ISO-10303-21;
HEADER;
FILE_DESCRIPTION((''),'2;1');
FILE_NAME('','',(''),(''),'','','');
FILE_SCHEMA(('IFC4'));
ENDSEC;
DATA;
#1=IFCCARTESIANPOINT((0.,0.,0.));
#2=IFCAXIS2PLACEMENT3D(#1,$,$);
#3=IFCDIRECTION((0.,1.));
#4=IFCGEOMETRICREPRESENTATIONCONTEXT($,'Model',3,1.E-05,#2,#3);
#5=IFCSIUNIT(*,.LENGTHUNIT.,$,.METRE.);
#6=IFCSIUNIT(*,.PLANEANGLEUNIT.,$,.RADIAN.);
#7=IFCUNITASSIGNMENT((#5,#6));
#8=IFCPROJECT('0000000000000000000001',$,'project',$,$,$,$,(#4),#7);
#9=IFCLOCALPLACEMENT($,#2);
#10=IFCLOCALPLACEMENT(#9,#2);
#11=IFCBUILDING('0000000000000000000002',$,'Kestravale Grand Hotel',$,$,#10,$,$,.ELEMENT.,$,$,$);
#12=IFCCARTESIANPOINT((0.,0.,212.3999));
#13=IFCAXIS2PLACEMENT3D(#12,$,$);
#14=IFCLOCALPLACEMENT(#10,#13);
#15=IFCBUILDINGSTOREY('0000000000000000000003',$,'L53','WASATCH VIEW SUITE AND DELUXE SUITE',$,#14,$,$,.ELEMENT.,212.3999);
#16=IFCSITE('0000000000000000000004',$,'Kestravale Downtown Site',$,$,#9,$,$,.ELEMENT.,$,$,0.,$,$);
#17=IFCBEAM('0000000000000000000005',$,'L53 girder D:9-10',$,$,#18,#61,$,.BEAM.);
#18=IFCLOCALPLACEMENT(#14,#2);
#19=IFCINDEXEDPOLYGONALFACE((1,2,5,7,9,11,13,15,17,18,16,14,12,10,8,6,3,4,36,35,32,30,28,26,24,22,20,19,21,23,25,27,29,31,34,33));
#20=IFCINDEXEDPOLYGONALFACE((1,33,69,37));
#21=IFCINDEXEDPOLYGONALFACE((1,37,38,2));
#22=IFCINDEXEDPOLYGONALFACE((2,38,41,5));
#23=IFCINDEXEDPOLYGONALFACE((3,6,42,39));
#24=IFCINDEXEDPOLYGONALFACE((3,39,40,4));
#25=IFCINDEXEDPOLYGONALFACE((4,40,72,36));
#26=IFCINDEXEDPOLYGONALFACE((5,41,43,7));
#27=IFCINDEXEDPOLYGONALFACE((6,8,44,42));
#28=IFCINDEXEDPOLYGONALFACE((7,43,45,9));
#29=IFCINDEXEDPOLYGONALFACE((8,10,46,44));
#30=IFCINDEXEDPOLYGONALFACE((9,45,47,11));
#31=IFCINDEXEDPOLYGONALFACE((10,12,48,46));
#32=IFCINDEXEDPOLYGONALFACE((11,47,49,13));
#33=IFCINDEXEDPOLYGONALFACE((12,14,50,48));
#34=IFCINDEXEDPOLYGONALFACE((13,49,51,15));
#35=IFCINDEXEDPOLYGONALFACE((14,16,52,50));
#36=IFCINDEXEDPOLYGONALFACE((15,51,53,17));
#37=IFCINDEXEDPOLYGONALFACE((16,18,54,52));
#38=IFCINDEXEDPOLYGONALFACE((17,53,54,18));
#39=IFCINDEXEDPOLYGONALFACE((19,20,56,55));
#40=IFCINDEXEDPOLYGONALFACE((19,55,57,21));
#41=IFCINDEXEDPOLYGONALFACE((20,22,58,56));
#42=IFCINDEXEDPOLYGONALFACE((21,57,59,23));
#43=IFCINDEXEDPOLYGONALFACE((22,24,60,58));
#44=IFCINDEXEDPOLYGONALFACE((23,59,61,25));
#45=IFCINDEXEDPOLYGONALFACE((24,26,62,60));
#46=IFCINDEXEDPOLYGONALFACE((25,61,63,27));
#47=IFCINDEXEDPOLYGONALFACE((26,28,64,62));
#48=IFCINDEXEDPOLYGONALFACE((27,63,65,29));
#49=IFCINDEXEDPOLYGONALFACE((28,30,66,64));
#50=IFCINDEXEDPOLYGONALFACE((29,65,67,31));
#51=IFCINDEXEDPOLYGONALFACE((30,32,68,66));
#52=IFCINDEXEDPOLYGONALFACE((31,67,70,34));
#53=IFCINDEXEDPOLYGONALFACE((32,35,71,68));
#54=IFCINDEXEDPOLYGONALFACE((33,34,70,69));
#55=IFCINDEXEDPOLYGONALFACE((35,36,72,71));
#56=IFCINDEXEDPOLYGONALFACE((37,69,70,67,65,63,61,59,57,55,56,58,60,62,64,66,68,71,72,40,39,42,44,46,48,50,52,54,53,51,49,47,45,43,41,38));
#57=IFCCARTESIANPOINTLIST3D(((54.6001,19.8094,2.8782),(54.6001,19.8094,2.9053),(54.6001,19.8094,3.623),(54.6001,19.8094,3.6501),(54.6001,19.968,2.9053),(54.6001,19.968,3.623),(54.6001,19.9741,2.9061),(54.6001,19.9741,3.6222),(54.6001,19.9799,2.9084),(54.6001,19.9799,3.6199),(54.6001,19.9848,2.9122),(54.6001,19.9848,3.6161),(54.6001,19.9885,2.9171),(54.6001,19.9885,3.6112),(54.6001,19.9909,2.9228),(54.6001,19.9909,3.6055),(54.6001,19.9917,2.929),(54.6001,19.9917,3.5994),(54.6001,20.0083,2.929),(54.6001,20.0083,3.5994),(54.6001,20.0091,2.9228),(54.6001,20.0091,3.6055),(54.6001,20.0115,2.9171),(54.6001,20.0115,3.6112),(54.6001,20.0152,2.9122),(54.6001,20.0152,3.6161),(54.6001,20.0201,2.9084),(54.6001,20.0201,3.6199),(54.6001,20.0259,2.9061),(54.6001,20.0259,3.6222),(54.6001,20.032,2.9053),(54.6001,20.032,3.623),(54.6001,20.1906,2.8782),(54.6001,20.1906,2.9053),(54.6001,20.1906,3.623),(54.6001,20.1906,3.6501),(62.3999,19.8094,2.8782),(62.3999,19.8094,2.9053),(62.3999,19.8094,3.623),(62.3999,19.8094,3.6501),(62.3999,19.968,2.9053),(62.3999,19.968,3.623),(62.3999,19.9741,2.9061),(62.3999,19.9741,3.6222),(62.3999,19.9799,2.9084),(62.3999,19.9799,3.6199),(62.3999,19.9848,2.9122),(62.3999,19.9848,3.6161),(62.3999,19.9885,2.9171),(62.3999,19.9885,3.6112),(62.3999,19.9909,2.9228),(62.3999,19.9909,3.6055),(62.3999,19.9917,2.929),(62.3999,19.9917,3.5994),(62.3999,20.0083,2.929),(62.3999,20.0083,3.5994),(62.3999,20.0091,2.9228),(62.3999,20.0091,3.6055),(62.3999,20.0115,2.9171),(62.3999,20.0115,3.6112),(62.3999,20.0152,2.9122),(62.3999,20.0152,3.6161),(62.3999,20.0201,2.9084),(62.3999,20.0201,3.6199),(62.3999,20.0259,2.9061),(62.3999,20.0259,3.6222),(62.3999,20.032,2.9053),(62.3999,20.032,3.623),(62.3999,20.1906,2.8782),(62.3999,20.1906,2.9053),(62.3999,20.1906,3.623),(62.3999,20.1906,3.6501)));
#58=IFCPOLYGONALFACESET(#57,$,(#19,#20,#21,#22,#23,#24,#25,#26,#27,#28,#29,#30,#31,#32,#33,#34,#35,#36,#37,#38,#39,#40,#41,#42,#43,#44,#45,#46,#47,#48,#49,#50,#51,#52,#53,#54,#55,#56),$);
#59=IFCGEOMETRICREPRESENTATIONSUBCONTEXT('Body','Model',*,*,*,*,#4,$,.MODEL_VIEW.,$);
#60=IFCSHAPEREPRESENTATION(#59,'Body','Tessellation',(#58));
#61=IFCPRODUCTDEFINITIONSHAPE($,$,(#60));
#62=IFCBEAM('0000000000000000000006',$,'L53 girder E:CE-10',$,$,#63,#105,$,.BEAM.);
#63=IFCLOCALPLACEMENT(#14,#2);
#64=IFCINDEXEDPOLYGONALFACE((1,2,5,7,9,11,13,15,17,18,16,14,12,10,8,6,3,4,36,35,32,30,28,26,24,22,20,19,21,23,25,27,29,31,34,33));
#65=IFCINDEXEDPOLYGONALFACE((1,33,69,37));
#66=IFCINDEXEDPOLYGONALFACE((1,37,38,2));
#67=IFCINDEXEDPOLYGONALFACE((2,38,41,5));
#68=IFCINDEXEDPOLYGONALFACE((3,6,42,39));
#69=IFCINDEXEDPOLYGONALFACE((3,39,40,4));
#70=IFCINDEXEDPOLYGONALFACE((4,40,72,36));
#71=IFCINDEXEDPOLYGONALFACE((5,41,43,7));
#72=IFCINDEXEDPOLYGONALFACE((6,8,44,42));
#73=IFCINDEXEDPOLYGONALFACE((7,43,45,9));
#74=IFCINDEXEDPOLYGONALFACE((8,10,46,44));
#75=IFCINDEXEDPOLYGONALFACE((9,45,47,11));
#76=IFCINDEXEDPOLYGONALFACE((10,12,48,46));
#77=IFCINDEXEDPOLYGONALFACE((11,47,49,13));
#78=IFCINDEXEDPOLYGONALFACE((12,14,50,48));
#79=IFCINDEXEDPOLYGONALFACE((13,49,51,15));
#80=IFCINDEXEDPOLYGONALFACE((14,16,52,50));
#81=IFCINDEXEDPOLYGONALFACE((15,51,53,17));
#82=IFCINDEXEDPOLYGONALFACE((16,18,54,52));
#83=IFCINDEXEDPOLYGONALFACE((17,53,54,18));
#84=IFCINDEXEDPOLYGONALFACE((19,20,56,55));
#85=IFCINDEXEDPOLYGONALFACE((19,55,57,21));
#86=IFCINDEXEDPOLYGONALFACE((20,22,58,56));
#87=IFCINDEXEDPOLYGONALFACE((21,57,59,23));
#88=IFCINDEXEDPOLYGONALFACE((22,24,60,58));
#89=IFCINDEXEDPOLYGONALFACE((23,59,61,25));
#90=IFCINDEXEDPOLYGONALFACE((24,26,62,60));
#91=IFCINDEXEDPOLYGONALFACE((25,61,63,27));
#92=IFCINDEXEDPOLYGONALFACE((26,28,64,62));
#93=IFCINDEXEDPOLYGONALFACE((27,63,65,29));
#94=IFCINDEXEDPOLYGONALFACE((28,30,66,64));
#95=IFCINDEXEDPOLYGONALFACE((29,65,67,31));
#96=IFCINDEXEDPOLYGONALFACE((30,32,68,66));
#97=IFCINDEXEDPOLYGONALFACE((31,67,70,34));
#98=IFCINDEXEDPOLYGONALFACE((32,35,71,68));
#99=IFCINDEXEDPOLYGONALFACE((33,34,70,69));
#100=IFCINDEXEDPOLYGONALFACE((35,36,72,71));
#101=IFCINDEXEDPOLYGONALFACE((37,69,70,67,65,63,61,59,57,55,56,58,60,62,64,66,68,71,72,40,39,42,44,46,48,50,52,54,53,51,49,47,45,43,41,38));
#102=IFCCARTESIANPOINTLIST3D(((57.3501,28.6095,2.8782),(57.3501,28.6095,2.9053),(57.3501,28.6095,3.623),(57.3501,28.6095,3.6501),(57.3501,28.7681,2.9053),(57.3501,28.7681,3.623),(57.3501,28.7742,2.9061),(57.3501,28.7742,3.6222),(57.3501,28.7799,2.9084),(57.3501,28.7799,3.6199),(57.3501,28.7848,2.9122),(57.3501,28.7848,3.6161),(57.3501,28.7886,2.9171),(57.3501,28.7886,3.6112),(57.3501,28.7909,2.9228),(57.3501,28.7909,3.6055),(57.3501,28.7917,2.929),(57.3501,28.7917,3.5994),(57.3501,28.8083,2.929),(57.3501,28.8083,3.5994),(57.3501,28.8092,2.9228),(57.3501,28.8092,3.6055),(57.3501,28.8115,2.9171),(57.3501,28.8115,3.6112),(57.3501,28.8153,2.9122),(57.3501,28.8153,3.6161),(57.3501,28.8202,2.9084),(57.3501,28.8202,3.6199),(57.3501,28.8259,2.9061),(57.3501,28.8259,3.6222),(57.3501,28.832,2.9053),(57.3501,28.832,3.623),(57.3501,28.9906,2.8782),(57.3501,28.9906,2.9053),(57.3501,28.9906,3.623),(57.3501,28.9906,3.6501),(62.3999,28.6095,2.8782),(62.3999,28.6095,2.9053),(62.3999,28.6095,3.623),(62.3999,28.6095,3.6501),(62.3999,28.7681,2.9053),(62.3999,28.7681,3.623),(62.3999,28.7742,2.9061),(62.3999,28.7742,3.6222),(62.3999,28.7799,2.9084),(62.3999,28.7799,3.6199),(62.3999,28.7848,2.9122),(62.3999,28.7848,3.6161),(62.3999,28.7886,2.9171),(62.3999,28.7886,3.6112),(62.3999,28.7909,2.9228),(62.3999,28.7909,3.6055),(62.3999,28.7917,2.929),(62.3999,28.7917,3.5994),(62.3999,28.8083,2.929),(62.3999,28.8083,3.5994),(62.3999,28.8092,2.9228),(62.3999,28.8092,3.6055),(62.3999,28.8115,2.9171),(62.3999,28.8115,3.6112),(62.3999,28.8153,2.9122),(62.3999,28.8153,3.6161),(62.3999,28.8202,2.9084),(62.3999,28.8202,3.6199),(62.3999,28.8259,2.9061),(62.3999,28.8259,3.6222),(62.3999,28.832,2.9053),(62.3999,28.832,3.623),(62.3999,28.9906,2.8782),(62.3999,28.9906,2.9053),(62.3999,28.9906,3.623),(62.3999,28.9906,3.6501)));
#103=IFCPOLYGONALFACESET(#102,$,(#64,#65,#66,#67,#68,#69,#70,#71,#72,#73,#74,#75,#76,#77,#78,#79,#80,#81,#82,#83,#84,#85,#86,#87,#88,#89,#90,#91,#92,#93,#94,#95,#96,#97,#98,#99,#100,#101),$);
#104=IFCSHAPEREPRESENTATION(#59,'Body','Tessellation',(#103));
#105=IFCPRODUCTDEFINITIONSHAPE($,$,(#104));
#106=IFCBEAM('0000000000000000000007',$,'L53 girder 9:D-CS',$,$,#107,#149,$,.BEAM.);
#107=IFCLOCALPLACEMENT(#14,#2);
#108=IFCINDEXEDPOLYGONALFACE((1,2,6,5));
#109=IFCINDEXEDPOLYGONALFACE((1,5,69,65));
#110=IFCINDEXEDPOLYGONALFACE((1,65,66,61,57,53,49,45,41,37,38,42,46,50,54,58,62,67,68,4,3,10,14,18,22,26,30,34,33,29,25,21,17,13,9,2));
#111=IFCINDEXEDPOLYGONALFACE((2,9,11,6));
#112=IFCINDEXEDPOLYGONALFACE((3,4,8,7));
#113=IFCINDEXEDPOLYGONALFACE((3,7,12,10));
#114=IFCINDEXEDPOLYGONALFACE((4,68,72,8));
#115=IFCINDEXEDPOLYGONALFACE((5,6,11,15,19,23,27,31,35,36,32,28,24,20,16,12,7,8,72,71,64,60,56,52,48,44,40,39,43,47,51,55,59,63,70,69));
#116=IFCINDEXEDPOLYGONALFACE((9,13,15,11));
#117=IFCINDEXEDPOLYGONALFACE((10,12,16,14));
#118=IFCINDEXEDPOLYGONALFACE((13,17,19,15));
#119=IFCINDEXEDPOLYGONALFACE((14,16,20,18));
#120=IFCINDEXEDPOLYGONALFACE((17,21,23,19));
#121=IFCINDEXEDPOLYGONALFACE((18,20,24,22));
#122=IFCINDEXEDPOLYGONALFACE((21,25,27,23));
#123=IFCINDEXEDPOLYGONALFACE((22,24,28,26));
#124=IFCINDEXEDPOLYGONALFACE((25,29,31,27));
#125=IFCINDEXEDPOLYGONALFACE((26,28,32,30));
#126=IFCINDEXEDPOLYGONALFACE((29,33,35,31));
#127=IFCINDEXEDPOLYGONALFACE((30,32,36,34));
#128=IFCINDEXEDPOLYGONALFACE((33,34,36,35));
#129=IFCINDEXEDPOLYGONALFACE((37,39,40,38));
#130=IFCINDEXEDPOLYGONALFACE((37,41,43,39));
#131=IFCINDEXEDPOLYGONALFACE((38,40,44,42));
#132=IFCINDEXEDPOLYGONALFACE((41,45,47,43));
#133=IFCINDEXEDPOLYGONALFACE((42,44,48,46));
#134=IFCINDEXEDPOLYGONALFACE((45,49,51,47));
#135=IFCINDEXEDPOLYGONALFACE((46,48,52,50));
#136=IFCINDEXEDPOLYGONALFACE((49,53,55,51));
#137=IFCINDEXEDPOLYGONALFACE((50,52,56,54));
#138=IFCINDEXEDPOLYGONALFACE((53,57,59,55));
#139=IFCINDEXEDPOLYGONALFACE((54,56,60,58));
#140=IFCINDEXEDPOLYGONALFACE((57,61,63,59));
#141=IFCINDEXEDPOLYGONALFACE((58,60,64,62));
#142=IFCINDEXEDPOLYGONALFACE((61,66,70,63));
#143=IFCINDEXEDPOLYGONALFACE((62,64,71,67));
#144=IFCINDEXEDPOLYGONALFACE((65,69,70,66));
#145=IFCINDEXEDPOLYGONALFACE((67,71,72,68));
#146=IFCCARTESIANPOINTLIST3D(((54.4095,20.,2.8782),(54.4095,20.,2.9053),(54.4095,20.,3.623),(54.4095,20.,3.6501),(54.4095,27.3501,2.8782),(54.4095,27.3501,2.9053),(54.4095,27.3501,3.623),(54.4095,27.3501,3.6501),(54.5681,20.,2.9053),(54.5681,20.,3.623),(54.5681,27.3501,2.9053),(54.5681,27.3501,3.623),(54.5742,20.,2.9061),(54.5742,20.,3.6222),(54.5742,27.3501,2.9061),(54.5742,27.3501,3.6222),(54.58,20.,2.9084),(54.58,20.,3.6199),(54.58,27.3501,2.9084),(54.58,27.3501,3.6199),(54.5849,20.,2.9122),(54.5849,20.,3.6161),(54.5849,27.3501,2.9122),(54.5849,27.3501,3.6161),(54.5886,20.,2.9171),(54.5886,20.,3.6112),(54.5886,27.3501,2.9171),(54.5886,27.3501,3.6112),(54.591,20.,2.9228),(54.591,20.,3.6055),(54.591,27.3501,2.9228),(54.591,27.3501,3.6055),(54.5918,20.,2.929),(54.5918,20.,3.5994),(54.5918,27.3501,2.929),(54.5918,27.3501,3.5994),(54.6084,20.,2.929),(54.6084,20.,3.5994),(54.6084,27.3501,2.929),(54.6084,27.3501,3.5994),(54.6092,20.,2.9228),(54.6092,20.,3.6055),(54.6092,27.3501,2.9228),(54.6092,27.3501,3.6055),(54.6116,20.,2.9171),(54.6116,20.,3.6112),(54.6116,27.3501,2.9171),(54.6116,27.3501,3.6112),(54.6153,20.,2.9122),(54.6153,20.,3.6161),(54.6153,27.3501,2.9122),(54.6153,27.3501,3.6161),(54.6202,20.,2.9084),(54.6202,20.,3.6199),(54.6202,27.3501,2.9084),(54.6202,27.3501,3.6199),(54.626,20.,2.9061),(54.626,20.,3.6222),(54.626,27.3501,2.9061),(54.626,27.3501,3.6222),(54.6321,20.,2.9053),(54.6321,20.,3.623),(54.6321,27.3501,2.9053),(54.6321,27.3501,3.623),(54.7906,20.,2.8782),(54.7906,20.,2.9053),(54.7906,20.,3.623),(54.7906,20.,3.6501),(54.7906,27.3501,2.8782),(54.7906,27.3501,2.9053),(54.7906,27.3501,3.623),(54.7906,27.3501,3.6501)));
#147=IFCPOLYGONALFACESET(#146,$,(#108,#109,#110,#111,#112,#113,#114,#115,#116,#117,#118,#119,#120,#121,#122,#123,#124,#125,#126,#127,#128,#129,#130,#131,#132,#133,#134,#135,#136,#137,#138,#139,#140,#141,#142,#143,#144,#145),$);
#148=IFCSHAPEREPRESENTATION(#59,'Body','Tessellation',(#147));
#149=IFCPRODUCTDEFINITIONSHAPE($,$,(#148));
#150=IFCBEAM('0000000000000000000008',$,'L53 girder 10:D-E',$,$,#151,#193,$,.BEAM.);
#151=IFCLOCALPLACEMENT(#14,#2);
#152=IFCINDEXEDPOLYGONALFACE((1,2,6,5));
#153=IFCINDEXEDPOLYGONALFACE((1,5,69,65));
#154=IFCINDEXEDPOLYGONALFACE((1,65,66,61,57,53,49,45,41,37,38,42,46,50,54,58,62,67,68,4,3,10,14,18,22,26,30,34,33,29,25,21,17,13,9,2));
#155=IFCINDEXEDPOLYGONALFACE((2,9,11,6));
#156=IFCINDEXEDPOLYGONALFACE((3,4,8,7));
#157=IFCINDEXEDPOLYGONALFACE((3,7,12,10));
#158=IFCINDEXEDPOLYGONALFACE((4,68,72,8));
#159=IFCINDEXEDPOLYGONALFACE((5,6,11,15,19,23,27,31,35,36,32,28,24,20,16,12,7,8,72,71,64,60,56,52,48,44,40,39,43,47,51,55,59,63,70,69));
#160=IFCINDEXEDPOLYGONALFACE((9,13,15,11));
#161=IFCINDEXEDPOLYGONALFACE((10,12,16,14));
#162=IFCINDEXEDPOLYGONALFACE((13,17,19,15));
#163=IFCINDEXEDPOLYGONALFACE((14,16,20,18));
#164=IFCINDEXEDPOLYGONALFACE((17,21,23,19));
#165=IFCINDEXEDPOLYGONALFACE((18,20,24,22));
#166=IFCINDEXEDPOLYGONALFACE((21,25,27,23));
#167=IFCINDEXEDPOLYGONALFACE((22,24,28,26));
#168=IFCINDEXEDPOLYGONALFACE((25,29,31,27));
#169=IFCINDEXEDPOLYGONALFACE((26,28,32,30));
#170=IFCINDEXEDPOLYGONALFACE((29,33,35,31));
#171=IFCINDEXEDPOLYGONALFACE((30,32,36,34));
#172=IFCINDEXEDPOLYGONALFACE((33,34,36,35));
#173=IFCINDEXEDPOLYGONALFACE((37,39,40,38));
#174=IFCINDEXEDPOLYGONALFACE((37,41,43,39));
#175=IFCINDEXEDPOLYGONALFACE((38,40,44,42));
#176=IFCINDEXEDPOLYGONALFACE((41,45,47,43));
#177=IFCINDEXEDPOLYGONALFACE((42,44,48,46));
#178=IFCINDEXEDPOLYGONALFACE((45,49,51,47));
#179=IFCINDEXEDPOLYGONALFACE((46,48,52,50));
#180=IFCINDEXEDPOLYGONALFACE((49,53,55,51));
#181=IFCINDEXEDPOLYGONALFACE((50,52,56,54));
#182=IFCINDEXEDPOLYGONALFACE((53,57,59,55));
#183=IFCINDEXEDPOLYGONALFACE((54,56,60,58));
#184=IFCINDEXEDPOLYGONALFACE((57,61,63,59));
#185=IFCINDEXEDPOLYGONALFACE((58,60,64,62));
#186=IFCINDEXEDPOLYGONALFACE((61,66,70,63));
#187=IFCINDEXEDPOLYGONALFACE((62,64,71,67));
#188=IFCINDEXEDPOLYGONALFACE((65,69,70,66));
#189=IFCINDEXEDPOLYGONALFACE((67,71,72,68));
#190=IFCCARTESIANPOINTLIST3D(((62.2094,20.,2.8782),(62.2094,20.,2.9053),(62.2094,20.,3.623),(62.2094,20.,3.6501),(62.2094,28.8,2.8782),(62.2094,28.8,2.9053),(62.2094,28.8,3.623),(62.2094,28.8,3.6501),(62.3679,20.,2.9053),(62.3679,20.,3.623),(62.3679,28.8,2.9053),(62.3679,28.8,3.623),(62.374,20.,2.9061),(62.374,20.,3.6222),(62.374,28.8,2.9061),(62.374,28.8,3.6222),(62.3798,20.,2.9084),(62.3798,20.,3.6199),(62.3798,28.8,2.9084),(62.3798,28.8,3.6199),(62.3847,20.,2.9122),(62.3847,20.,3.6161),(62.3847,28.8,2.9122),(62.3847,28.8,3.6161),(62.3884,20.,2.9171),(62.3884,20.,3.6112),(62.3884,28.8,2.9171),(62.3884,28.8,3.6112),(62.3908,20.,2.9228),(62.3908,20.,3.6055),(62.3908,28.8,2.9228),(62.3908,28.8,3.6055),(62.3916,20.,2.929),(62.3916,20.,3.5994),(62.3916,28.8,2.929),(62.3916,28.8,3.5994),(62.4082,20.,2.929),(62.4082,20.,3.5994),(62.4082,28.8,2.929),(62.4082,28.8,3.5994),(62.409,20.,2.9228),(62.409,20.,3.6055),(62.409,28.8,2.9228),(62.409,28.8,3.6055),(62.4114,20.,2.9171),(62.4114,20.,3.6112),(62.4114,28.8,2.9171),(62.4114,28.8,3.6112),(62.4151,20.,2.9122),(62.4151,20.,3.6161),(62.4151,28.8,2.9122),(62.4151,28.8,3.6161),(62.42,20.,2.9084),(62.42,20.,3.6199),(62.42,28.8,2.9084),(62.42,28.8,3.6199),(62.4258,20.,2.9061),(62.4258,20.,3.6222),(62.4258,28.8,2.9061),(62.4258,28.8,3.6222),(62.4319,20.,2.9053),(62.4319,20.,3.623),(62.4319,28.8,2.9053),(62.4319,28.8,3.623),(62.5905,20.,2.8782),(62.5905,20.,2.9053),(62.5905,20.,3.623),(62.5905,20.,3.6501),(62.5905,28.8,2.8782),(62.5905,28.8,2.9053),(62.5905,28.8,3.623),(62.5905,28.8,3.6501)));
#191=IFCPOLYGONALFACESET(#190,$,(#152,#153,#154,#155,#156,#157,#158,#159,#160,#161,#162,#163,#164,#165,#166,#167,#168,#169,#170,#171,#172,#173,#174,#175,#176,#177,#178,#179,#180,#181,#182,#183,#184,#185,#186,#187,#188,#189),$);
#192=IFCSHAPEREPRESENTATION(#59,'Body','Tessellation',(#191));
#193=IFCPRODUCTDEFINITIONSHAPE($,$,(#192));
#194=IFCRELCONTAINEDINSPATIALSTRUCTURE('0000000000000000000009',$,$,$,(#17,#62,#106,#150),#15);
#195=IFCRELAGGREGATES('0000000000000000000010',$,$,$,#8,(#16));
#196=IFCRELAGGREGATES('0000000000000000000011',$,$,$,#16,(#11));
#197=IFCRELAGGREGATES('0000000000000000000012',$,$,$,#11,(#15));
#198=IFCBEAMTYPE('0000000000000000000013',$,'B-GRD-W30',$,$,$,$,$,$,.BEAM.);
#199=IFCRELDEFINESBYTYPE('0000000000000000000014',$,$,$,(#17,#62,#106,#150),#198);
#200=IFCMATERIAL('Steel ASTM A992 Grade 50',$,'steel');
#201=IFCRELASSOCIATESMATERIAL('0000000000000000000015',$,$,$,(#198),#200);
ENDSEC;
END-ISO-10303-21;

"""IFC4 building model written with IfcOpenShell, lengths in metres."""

from ifc_helpers import new_model, si_unit, direction, frame, origin, origin_2d, place, context, subcontext, project, spatial, i_section, extrude, material, material_profile, profile_set, type_object, element, save


model = new_model("IFC4")

# Units and contexts
model_context = context("Model", 3, precision=1e-05, world=origin(), true_north=direction((0.0, 1.0)))
body_context = subcontext(model_context, "Body", "Model", "MODEL_VIEW")
ifc_project = project(units=[si_unit("LENGTHUNIT", "METRE"), si_unit("PLANEANGLEUNIT", "RADIAN")], contexts=[model_context])

# Site, building, storey
site_placement = place(None, origin())
site = spatial("IfcSite", under=ifc_project, at=site_placement, Name="Kestravale Downtown Site", CompositionType="ELEMENT", RefElevation=0.0)
building_placement = place(site_placement, origin())
building = spatial("IfcBuilding", under=site, at=building_placement, Name="Kestravale Grand Hotel", CompositionType="ELEMENT")
storey_placement = place(building_placement, frame((0.0, 0.0, 212.3999)))
storey = spatial("IfcBuildingStorey", under=building, at=storey_placement, Name="L53", Description="WASATCH VIEW SUITE AND DELUXE SUITE", CompositionType="ELEMENT", Elevation=212.3999)

# Beams
ifc_material_1 = material(Name="Steel ASTM A992 Grade 50", Category="steel")
ifc_material_profile_1 = material_profile(ifc_material_1, i_section(OverallWidth=0.3811, OverallDepth=0.772, WebThickness=0.0166, FlangeThickness=0.0271, FilletRadius=0.0237, at=origin_2d()))
ifc_profile_set_1 = profile_set([ifc_material_profile_1], Name="Steel ASTM A992 Grade 50")
beam_type_1 = type_object("IfcBeamType", Name="B-GRD-W30", PredefinedType="BEAM", material=ifc_profile_set_1)
beam_1_placement = place(storey_placement, frame((54.6001, 20.0, 3.2642), z_axis=(1.0, 0.0, 0.0), x_axis=(0.0, 1.0, 0.0)))
element("IfcBeam", 1, at=beam_1_placement, inside=storey, type_object=beam_type_1, Name="L53 girder D:9-10", PredefinedType="BEAM", context=body_context, shape_type="SweptSolid", body=[
    extrude(i_section(OverallWidth=0.3811, OverallDepth=0.772, WebThickness=0.0166, FlangeThickness=0.0271, FilletRadius=0.0237, at=origin_2d()), origin(), (0.0, 0.0, 1.0), 7.7998),
])
beam_2_placement = place(storey_placement, frame((57.3501, 28.8, 3.2642), z_axis=(1.0, 0.0, 0.0), x_axis=(0.0, 1.0, 0.0)))
element("IfcBeam", 2, at=beam_2_placement, inside=storey, type_object=beam_type_1, Name="L53 girder E:CE-10", PredefinedType="BEAM", context=body_context, shape_type="SweptSolid", body=[
    extrude(i_section(OverallWidth=0.3811, OverallDepth=0.772, WebThickness=0.0166, FlangeThickness=0.0271, FilletRadius=0.0237, at=origin_2d()), origin(), (0.0, 0.0, 1.0), 5.0498),
])
beam_3_placement = place(storey_placement, frame((54.6001, 20.0, 3.2642), z_axis=(0.0, 1.0, 0.0), x_axis=(-1.0, 0.0, 0.0)))
element("IfcBeam", 3, at=beam_3_placement, inside=storey, type_object=beam_type_1, Name="L53 girder 9:D-CS", PredefinedType="BEAM", context=body_context, shape_type="SweptSolid", body=[
    extrude(i_section(OverallWidth=0.3811, OverallDepth=0.772, WebThickness=0.0166, FlangeThickness=0.0271, FilletRadius=0.0237, at=origin_2d()), origin(), (0.0, 0.0, 1.0), 7.3501),
])
beam_4_placement = place(storey_placement, frame((62.3999, 20.0, 3.2642), z_axis=(0.0, 1.0, 0.0), x_axis=(-1.0, 0.0, 0.0)))
element("IfcBeam", 4, at=beam_4_placement, inside=storey, type_object=beam_type_1, Name="L53 girder 10:D-E", PredefinedType="BEAM", context=body_context, shape_type="SweptSolid", body=[
    extrude(i_section(OverallWidth=0.3811, OverallDepth=0.772, WebThickness=0.0166, FlangeThickness=0.0271, FilletRadius=0.0237, at=origin_2d()), origin(), (0.0, 0.0, 1.0), 8.8),
])

save(model, "model.ifc")
